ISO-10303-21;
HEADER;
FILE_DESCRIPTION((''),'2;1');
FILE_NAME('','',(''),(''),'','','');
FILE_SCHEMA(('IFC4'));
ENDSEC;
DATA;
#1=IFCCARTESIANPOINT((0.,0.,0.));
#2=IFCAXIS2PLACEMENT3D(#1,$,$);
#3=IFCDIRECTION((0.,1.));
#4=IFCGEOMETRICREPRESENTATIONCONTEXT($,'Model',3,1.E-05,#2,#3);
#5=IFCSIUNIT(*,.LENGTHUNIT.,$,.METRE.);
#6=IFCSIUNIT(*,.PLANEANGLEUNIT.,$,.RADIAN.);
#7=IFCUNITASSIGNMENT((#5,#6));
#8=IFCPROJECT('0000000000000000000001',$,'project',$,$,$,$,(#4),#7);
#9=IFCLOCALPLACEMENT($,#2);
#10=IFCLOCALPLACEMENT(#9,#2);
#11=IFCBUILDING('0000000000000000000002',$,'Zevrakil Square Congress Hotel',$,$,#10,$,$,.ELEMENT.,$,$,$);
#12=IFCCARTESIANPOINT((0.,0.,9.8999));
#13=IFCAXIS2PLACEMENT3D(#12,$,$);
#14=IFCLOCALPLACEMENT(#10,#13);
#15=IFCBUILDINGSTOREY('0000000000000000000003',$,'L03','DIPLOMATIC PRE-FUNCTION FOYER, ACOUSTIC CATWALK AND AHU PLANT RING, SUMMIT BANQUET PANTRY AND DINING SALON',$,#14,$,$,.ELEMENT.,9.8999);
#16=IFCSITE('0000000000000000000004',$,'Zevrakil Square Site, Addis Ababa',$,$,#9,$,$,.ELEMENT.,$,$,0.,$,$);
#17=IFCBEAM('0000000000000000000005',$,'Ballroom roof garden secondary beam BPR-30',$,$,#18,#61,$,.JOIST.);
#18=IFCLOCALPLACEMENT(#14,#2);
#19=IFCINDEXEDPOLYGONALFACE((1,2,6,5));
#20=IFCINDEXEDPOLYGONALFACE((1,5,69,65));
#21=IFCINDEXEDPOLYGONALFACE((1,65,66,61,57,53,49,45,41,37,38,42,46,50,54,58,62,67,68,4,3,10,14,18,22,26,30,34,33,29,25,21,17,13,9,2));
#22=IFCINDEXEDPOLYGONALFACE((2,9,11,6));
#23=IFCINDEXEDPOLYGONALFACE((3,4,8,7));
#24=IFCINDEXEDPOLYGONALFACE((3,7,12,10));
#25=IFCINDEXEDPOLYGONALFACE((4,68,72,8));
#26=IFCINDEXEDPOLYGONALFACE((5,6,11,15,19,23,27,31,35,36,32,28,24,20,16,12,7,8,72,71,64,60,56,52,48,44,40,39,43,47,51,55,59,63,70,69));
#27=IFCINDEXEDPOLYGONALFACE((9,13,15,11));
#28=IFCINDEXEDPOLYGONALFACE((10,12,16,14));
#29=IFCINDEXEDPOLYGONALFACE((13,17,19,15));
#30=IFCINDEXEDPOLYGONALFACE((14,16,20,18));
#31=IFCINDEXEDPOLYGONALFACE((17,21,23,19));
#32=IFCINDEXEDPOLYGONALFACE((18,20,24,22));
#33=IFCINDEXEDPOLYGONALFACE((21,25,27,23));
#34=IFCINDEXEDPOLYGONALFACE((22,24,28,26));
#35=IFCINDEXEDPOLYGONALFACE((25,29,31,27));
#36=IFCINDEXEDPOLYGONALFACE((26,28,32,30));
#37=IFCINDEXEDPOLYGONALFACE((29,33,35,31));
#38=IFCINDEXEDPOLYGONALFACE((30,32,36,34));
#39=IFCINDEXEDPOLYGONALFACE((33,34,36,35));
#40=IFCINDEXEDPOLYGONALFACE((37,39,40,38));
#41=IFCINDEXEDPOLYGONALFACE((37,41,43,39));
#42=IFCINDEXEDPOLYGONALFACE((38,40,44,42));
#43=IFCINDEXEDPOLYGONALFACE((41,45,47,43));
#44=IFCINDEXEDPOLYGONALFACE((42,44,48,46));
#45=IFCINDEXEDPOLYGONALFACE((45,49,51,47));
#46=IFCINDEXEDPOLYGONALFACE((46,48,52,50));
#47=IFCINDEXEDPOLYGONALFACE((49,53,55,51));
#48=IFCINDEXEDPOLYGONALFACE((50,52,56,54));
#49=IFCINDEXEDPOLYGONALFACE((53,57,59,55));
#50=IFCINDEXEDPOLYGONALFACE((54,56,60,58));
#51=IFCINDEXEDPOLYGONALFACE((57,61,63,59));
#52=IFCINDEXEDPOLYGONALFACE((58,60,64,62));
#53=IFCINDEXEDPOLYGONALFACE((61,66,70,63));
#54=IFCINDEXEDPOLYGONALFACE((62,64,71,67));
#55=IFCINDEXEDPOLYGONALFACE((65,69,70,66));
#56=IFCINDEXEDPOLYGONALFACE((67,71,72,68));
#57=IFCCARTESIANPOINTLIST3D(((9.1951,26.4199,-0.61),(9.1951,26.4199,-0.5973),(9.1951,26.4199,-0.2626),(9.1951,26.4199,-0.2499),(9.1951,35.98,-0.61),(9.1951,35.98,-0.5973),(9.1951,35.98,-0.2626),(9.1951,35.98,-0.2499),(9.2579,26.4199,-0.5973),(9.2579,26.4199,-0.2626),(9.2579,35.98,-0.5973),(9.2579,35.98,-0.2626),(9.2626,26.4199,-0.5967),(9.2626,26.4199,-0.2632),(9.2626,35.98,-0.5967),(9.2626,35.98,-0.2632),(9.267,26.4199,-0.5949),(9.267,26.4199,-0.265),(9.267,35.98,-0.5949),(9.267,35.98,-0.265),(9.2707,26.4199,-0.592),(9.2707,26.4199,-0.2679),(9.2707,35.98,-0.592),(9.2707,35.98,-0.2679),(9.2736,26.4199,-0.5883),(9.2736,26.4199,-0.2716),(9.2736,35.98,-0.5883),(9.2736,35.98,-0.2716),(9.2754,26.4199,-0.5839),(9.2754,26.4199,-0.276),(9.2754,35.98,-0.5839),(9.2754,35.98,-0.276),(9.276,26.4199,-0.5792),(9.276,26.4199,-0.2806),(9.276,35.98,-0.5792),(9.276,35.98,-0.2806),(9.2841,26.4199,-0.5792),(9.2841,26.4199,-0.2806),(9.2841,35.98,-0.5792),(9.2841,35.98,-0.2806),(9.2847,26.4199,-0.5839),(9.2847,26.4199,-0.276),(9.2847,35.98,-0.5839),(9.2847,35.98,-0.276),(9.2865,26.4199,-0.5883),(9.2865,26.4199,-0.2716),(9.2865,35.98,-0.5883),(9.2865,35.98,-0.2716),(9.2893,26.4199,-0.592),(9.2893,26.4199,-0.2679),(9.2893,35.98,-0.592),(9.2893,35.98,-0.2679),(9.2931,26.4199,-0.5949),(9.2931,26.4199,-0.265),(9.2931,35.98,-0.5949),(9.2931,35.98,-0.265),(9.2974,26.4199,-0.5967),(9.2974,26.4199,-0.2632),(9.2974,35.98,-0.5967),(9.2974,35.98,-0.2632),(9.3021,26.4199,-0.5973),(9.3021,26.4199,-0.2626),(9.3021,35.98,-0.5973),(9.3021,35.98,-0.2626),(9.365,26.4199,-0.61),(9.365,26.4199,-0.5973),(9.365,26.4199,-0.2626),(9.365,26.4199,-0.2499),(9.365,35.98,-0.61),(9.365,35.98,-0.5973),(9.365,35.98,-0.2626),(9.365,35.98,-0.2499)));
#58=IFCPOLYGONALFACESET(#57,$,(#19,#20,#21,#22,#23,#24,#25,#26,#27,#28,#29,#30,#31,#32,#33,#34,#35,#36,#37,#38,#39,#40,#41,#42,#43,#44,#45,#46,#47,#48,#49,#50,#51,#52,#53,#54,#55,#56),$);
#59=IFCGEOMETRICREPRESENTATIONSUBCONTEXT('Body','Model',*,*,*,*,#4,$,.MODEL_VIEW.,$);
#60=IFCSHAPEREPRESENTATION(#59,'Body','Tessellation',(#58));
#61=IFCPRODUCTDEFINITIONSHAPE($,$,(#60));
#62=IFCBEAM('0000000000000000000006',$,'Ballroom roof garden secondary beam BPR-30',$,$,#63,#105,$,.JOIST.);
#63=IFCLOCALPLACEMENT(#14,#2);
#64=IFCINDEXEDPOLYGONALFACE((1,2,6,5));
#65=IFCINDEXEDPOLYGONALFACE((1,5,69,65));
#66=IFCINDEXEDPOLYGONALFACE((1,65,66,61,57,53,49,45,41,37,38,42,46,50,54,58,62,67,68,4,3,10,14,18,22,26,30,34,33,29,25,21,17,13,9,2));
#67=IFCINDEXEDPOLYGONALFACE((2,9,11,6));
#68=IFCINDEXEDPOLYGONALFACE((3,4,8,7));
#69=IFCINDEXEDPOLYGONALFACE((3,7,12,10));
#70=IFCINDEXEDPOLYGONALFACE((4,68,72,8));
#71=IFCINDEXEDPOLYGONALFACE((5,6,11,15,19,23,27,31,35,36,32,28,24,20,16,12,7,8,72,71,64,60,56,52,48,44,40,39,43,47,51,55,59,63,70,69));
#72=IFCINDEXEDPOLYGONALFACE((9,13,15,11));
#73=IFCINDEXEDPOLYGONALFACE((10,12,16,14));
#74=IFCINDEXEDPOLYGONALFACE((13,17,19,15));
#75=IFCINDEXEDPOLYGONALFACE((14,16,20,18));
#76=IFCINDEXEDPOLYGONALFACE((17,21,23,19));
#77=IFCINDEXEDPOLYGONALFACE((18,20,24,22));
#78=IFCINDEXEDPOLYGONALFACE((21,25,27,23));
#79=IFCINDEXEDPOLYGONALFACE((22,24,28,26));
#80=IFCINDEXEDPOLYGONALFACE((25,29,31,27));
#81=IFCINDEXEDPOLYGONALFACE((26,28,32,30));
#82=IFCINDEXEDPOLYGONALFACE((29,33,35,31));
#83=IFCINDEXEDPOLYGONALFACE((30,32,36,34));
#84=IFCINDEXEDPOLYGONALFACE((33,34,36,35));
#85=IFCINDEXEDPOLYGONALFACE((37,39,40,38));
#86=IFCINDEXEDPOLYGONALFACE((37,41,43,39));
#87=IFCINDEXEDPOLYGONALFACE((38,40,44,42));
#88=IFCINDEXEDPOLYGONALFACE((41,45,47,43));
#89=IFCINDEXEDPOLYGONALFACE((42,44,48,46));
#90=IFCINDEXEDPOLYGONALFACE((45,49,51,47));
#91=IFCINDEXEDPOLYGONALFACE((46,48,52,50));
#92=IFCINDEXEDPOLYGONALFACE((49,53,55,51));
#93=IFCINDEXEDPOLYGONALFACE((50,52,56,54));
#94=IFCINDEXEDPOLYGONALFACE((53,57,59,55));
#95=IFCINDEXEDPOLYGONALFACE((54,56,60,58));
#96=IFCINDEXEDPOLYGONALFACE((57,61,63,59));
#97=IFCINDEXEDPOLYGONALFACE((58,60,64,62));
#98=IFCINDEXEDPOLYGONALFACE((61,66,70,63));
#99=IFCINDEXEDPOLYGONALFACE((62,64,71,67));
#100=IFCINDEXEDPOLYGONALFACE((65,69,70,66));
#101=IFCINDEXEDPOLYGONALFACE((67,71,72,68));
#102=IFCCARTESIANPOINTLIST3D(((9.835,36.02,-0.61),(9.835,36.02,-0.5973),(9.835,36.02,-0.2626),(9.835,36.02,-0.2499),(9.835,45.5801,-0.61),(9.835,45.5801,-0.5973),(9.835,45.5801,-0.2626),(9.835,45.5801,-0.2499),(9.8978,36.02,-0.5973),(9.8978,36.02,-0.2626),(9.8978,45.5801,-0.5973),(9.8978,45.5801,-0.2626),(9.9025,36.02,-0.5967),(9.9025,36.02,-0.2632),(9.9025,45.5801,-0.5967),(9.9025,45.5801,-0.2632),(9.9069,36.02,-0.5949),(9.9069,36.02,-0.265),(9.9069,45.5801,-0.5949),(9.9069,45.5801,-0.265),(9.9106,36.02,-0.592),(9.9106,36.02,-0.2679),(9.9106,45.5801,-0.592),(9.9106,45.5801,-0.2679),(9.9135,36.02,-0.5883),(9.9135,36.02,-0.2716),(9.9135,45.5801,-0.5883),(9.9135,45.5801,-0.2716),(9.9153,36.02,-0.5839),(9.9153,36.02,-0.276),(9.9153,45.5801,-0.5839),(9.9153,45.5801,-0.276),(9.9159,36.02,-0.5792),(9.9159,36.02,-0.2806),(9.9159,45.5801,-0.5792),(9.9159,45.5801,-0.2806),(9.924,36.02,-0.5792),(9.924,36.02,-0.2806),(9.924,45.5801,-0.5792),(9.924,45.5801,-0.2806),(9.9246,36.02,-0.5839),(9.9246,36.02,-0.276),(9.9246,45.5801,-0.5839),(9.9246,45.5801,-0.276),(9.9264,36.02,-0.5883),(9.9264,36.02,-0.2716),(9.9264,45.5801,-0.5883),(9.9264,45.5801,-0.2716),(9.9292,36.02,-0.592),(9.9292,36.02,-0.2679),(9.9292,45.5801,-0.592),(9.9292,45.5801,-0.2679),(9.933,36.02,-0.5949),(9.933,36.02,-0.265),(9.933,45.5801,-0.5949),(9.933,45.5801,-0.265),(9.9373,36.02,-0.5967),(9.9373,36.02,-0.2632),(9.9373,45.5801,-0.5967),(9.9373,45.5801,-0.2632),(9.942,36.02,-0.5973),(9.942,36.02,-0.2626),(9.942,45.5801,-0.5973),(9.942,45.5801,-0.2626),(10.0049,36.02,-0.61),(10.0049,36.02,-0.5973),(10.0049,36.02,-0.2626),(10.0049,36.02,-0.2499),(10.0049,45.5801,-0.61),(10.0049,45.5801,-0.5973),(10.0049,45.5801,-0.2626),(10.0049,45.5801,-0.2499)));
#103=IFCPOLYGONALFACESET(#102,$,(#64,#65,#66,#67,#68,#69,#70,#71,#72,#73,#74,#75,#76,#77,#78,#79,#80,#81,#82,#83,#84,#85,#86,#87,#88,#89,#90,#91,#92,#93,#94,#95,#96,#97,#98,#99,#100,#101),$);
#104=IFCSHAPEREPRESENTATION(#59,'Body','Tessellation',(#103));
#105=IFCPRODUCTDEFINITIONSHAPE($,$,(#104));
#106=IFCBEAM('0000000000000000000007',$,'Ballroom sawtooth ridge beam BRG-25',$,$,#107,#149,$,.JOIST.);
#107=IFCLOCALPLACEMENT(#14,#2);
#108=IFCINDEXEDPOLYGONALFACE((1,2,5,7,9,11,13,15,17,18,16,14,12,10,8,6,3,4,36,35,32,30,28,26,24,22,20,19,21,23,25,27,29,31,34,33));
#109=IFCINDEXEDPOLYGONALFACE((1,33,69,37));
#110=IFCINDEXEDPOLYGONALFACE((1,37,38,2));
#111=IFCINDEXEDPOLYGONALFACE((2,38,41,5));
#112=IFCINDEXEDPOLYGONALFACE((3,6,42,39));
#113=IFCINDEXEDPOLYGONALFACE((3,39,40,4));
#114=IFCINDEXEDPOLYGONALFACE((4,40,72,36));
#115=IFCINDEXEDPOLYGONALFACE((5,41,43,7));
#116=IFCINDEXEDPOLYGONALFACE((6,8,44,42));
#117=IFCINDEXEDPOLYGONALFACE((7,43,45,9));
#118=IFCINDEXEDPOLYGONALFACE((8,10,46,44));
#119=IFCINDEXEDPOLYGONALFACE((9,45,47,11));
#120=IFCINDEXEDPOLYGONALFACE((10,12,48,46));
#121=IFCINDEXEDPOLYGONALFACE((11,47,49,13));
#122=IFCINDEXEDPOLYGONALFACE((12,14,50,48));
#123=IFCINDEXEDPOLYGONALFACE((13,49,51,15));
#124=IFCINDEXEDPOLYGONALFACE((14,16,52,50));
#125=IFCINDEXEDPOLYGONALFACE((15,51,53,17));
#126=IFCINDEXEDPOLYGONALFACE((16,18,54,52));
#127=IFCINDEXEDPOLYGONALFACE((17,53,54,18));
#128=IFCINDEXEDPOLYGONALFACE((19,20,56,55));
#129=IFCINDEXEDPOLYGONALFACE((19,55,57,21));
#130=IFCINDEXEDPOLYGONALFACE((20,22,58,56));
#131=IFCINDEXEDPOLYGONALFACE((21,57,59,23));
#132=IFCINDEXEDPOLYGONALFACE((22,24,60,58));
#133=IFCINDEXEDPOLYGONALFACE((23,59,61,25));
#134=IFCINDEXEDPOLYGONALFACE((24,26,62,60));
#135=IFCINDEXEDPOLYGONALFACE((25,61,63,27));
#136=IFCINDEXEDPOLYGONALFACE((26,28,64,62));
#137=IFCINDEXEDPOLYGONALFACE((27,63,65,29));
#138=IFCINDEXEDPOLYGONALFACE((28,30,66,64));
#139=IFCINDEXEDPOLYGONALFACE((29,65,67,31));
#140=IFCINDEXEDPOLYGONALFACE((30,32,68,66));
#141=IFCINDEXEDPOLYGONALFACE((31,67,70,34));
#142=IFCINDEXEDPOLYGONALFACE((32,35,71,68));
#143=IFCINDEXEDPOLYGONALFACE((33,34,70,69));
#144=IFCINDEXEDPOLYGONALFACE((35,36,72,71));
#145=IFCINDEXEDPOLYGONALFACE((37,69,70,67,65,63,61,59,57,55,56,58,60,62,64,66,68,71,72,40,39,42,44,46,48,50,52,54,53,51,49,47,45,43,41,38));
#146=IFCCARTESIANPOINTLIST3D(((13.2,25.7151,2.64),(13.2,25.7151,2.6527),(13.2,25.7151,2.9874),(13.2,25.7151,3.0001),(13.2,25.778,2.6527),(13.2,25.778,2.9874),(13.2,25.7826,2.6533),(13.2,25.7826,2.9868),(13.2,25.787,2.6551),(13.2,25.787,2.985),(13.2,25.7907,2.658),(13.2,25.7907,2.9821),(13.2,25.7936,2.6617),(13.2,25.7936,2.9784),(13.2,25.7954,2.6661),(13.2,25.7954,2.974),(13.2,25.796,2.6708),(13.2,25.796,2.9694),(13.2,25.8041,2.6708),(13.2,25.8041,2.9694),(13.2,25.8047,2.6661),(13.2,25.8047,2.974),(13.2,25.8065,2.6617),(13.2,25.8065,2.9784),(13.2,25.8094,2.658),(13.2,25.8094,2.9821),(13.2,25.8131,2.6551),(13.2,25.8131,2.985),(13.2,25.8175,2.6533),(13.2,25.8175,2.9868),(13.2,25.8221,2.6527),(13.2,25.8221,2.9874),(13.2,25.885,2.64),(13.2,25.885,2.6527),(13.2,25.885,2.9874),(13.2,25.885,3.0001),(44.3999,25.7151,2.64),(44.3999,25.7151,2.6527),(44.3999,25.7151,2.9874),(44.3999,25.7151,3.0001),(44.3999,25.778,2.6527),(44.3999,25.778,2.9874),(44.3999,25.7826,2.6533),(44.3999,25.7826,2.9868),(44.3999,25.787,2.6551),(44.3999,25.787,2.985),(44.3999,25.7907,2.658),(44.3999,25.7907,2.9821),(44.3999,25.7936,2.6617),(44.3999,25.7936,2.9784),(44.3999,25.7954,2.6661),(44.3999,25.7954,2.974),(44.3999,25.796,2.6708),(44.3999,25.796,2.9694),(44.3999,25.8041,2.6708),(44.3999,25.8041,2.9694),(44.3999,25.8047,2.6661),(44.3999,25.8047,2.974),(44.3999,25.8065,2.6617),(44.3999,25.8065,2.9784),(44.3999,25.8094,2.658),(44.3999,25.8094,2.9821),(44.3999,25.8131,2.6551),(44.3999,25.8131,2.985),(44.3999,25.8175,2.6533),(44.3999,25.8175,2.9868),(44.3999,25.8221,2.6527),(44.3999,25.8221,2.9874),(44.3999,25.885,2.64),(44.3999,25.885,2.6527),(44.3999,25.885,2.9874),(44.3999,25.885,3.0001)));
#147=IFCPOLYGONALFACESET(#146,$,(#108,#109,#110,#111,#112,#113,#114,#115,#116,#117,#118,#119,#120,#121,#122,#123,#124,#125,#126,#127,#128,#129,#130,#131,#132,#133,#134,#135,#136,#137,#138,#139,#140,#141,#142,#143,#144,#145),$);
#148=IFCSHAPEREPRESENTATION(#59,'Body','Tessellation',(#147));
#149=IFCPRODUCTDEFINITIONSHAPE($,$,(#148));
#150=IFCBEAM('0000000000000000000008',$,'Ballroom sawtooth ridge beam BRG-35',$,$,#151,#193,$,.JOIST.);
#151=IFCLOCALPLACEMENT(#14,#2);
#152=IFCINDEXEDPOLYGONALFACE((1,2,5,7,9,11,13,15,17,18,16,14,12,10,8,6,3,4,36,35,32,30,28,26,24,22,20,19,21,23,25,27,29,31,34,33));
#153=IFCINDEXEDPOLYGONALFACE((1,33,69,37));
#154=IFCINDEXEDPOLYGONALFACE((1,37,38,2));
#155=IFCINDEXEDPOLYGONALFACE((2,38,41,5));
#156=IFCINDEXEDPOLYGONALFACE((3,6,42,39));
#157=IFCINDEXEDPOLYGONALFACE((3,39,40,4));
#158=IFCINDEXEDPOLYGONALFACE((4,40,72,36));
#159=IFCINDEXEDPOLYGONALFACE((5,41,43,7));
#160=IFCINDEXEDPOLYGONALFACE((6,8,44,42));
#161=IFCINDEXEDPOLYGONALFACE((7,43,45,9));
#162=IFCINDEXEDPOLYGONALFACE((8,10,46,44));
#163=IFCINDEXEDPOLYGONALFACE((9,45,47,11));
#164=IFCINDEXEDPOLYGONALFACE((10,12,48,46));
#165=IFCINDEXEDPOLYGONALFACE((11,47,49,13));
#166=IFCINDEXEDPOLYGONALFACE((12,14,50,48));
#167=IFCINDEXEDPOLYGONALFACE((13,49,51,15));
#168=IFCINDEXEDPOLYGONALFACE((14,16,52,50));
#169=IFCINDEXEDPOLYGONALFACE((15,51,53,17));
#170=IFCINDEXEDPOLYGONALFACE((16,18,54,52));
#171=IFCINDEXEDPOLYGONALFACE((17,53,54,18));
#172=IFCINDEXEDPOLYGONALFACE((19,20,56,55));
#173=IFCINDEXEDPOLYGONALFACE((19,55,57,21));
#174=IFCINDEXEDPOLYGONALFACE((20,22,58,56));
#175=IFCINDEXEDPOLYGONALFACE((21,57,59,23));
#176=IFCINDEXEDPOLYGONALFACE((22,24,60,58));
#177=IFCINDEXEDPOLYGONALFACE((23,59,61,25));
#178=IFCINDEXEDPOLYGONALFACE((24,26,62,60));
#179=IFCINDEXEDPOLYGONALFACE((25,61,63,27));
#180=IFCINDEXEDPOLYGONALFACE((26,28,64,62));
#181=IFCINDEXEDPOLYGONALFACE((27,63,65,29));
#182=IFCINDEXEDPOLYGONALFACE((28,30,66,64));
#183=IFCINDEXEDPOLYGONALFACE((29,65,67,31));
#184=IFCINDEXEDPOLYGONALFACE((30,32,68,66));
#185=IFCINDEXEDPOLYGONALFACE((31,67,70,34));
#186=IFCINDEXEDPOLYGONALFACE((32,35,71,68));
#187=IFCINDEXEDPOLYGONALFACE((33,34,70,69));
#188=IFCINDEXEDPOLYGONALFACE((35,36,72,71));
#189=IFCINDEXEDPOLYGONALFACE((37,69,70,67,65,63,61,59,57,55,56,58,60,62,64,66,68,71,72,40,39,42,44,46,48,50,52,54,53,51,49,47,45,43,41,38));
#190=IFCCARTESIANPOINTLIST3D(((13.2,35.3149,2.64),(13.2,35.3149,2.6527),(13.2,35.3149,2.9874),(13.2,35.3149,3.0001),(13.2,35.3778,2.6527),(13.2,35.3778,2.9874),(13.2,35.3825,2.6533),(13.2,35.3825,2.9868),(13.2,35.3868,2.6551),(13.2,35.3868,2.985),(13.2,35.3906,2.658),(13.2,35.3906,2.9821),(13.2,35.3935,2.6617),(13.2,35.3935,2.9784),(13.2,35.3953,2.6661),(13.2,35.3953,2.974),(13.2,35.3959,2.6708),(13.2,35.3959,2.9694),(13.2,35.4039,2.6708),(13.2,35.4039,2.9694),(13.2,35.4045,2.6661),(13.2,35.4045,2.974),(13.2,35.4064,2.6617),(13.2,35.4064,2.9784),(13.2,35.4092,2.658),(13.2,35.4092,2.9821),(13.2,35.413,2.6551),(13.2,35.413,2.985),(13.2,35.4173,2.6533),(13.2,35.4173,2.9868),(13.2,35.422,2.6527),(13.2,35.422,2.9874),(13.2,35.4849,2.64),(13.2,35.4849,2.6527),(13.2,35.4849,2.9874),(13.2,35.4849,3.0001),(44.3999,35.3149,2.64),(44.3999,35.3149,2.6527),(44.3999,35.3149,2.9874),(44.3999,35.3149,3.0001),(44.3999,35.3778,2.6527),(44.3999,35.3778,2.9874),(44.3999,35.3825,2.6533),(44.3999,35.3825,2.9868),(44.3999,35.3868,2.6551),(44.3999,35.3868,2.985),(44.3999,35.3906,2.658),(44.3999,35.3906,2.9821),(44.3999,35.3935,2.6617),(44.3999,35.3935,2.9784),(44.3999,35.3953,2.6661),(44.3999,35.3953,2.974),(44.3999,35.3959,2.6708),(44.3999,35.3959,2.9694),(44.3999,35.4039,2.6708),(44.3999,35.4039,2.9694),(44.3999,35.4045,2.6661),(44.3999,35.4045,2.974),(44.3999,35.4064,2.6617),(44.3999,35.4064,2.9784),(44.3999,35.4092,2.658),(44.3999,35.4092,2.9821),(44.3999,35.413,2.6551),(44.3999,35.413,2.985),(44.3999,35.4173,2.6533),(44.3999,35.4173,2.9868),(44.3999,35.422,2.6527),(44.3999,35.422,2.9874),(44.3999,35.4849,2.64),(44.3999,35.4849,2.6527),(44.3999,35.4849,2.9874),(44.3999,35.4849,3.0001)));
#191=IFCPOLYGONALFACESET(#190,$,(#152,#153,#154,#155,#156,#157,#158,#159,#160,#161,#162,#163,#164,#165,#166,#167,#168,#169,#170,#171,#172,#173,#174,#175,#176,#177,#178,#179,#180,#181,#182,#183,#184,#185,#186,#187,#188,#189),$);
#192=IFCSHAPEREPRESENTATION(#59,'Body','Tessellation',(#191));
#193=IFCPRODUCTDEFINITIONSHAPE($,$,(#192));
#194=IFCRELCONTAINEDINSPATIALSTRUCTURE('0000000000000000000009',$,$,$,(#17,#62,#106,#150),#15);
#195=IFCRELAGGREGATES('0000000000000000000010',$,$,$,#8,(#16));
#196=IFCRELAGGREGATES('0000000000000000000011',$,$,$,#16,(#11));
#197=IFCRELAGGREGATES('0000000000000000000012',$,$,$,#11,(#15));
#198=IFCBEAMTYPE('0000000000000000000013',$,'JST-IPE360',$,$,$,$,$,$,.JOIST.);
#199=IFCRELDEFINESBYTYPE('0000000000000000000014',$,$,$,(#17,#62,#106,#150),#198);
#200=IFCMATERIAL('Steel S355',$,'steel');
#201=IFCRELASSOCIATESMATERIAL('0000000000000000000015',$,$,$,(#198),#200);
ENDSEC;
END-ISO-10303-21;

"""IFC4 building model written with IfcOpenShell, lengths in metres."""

from ifc_helpers import new_model, si_unit, direction, frame, origin, origin_2d, place, context, subcontext, project, spatial, i_section, extrude, material, material_profile, profile_set, type_object, element, save


model = new_model("IFC4")

# Units and contexts
model_context = context("Model", 3, precision=1e-05, world=origin(), true_north=direction((0.0, 1.0)))
body_context = subcontext(model_context, "Body", "Model", "MODEL_VIEW")
ifc_project = project(units=[si_unit("LENGTHUNIT", "METRE"), si_unit("PLANEANGLEUNIT", "RADIAN")], contexts=[model_context])

# Site, building, storey
site_placement = place(None, origin())
site = spatial("IfcSite", under=ifc_project, at=site_placement, Name="Zevrakil Square Site, Addis Ababa", CompositionType="ELEMENT", RefElevation=0.0)
building_placement = place(site_placement, origin())
building = spatial("IfcBuilding", under=site, at=building_placement, Name="Zevrakil Square Congress Hotel", CompositionType="ELEMENT")
storey_placement = place(building_placement, frame((0.0, 0.0, 9.8999)))
storey = spatial("IfcBuildingStorey", under=building, at=storey_placement, Name="L03", Description="DIPLOMATIC PRE-FUNCTION FOYER, ACOUSTIC CATWALK AND AHU PLANT RING, SUMMIT BANQUET PANTRY AND DINING SALON", CompositionType="ELEMENT", Elevation=9.8999)

# Beams
ifc_material_1 = material(Name="Steel S355", Category="steel")
ifc_material_profile_1 = material_profile(ifc_material_1, i_section(OverallWidth=0.1699, OverallDepth=0.3601, WebThickness=0.0081, FlangeThickness=0.0127, FilletRadius=0.0181, at=origin_2d()), Name="IPE 360")
ifc_profile_set_1 = profile_set([ifc_material_profile_1], Name="Steel S355")
beam_type_1 = type_object("IfcBeamType", Name="JST-IPE360", PredefinedType="JOIST", material=ifc_profile_set_1)
for number, where, z_axis, x_axis, name in (
    (1, (9.28, 26.4199, -0.4299), (0.0, 1.0, 0.0), (-1.0, 0.0, 0.0), "Ballroom roof garden secondary beam BPR-30"),
    (2, (9.9199, 36.02, -0.4299), (0.0, 1.0, 0.0), (-1.0, 0.0, 0.0), "Ballroom roof garden secondary beam BPR-30"),
):
    element("IfcBeam", number, at=place(storey_placement, frame(where, z_axis=z_axis, x_axis=x_axis)), inside=storey, type_object=beam_type_1, Name=name, PredefinedType="JOIST", context=body_context, shape_type="SweptSolid", body=[
        extrude(i_section(OverallWidth=0.1699, OverallDepth=0.3601, WebThickness=0.0081, FlangeThickness=0.0127, FilletRadius=0.0181, at=origin_2d()), origin(), (0.0, 0.0, 1.0), 9.5601),
    ])
for number, where, z_axis, x_axis, name in (
    (3, (13.2, 25.8, 2.8201), (1.0, 0.0, 0.0), (0.0, 1.0, 0.0), "Ballroom sawtooth ridge beam BRG-25"),
    (4, (13.2, 35.3999, 2.8201), (1.0, 0.0, 0.0), (0.0, 1.0, 0.0), "Ballroom sawtooth ridge beam BRG-35"),
):
    element("IfcBeam", number, at=place(storey_placement, frame(where, z_axis=z_axis, x_axis=x_axis)), inside=storey, type_object=beam_type_1, Name=name, PredefinedType="JOIST", context=body_context, shape_type="SweptSolid", body=[
        extrude(i_section(OverallWidth=0.1699, OverallDepth=0.3601, WebThickness=0.0081, FlangeThickness=0.0127, FilletRadius=0.0181, at=origin_2d()), origin(), (0.0, 0.0, 1.0), 31.2),
    ])

save(model, "model.ifc")
